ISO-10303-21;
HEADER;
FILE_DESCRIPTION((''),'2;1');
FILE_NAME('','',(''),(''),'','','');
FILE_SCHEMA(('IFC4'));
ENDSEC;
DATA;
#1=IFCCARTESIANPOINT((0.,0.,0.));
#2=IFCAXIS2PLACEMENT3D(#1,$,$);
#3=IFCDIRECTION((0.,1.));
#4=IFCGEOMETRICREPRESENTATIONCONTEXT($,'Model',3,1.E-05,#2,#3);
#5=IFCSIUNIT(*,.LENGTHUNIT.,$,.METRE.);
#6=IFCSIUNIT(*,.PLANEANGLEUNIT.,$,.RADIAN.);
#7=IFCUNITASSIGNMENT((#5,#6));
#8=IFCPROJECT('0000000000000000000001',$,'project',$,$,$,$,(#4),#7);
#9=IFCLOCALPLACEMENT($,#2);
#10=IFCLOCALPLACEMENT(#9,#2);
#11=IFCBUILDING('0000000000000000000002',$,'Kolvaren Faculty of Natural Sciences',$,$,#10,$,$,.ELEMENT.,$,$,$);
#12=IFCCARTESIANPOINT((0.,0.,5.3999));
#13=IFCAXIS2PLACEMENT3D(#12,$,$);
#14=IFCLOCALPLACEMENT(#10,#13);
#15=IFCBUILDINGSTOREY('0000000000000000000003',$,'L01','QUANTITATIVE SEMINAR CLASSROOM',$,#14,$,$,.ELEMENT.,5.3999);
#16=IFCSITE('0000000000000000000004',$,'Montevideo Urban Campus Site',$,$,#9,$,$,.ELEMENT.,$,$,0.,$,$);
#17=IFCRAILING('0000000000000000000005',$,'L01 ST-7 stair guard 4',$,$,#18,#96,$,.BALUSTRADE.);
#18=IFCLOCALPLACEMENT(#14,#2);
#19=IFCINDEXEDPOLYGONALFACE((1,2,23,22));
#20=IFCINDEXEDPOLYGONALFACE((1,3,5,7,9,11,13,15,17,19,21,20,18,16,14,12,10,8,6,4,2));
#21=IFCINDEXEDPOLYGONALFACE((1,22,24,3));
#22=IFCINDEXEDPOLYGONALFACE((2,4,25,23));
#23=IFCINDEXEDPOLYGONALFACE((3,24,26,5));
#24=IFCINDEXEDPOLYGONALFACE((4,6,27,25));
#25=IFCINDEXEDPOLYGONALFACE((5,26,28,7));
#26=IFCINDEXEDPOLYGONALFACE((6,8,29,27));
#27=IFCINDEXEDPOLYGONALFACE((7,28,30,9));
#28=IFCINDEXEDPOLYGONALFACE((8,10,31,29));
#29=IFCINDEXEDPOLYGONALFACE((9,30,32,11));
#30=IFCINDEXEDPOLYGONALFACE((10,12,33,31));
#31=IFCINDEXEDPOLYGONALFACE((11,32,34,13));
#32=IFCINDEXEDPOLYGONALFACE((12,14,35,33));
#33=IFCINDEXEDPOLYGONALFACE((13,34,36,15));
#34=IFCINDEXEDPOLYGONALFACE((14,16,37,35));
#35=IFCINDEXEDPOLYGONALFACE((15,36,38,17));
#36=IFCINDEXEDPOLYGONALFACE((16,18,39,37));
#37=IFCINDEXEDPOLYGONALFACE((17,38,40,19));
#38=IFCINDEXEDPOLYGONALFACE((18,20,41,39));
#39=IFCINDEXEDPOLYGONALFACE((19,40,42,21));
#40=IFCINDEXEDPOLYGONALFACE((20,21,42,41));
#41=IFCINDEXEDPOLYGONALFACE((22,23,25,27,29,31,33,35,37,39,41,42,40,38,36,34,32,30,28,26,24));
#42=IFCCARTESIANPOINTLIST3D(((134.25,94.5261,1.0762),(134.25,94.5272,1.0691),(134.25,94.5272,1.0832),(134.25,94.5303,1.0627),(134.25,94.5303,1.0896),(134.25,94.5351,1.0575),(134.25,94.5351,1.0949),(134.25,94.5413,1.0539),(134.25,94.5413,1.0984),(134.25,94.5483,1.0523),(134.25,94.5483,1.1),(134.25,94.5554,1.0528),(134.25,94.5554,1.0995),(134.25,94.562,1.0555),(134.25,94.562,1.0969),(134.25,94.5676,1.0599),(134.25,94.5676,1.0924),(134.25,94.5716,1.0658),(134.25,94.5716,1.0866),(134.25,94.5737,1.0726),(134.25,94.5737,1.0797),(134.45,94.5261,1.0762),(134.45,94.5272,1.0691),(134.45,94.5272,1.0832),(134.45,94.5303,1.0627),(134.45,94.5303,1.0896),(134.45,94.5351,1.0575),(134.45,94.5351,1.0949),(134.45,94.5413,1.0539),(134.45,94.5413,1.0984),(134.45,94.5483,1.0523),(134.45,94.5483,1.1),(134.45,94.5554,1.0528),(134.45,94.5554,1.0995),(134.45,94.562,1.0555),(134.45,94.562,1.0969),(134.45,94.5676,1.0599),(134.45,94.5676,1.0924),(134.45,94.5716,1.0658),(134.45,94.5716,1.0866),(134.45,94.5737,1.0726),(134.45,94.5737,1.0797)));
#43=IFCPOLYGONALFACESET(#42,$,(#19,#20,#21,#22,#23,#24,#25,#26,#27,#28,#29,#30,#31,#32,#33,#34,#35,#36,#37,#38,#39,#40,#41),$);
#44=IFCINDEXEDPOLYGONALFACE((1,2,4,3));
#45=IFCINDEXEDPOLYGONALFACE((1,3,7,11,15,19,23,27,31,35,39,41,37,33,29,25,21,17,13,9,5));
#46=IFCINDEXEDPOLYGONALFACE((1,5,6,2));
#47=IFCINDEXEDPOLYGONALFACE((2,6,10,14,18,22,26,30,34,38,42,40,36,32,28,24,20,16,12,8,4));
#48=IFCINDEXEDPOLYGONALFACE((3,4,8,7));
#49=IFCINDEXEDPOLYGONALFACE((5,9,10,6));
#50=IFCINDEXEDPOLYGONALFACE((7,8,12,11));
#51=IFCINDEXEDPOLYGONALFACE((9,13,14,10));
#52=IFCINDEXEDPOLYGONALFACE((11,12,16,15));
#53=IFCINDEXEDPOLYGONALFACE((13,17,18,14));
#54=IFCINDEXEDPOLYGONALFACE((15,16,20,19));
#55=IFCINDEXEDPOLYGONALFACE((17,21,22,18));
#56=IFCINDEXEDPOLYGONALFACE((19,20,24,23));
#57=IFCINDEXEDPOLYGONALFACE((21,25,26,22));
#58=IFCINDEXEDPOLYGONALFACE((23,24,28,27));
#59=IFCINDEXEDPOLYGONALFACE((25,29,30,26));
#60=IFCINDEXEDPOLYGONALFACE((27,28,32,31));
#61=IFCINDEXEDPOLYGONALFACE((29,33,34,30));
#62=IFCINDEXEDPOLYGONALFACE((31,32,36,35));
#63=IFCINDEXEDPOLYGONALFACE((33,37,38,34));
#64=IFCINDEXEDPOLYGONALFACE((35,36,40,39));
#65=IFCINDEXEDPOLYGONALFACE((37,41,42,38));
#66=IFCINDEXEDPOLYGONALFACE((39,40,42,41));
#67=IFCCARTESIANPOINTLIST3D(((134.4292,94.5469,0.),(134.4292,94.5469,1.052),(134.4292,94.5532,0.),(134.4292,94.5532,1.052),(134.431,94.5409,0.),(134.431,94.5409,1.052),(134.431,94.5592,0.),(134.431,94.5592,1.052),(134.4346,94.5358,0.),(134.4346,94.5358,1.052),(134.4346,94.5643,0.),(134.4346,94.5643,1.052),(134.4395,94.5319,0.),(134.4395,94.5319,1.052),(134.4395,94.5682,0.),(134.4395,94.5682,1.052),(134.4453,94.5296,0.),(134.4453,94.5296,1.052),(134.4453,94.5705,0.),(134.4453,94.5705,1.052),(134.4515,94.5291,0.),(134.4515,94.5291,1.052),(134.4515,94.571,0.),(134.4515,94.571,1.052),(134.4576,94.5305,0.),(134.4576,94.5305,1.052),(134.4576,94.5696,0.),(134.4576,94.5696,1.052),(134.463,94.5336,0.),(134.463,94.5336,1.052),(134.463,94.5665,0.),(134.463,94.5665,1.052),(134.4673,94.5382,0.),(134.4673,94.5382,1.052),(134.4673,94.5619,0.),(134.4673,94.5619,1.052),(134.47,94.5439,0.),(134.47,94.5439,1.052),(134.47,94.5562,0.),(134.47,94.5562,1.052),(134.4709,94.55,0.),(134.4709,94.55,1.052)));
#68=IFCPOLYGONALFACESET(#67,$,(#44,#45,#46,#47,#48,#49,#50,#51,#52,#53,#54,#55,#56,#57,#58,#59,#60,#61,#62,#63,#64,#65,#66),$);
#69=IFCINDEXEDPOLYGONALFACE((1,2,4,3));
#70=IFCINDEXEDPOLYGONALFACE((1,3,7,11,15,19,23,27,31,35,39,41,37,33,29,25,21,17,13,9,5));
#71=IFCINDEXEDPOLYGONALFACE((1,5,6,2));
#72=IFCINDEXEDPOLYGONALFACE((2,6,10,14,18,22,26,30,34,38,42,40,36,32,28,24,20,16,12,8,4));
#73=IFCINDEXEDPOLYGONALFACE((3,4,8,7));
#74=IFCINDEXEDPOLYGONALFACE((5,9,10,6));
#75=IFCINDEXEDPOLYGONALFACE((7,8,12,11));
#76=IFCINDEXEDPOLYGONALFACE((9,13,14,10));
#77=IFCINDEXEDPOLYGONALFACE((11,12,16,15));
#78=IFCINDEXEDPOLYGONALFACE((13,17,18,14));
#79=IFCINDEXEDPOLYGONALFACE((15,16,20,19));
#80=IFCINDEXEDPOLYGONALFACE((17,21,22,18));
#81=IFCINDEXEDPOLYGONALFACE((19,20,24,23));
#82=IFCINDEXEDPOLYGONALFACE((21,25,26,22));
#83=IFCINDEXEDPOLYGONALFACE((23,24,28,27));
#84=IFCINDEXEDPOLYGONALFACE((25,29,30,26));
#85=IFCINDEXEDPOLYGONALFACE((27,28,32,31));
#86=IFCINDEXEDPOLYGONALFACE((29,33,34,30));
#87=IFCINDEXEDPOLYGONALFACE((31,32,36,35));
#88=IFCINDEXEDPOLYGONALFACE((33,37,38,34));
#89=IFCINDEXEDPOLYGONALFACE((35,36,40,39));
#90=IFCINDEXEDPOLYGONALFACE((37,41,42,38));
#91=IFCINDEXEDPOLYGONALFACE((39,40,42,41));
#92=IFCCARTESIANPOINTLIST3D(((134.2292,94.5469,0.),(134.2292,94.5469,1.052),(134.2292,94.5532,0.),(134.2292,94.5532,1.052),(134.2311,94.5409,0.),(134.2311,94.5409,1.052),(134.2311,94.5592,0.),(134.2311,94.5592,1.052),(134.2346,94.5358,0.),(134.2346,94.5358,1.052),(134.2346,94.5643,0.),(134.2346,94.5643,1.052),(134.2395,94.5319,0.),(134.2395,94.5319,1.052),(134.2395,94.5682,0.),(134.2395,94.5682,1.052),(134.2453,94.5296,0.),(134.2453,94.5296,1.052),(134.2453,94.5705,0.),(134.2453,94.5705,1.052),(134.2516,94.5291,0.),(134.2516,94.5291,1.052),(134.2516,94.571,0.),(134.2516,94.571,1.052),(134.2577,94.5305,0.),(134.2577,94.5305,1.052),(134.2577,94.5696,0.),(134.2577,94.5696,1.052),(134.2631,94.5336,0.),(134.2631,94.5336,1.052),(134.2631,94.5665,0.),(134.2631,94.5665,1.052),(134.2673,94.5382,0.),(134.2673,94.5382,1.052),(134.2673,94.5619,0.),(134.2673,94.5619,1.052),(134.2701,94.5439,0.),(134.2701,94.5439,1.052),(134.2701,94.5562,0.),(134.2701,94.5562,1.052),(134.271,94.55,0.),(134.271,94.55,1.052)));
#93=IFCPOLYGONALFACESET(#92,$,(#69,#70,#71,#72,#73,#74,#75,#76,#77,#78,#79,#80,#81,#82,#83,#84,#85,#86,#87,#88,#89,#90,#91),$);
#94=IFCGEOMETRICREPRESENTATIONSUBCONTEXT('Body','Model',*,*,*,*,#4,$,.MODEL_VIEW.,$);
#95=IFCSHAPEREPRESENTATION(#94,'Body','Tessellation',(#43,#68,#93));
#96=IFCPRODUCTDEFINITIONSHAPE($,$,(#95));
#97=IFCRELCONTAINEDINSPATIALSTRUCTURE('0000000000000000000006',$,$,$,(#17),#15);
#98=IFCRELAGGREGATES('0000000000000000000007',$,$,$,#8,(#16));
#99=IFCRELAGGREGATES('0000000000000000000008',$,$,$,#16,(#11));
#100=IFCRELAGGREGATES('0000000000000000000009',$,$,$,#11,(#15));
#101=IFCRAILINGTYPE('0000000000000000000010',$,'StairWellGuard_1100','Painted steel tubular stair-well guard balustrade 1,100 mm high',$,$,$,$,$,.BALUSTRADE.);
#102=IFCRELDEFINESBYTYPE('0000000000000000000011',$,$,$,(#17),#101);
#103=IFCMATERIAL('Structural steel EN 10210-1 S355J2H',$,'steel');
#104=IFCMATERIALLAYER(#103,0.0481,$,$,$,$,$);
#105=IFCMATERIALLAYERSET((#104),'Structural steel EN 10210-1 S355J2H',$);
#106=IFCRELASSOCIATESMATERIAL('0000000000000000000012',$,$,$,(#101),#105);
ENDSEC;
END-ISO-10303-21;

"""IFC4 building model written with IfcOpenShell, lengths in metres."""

from ifc_helpers import new_model, si_unit, direction, frame, origin, origin_2d, place, context, subcontext, project, spatial, circle, extrude, material, layer, layer_set, type_object, element, save


model = new_model("IFC4")

# Units and contexts
model_context = context("Model", 3, precision=1e-05, world=origin(), true_north=direction((0.0, 1.0)))
body_context = subcontext(model_context, "Body", "Model", "MODEL_VIEW")
ifc_project = project(units=[si_unit("LENGTHUNIT", "METRE"), si_unit("PLANEANGLEUNIT", "RADIAN")], contexts=[model_context])

# Site, building, storey
site_placement = place(None, origin())
site = spatial("IfcSite", under=ifc_project, at=site_placement, Name="Montevideo Urban Campus Site", CompositionType="ELEMENT", RefElevation=0.0)
building_placement = place(site_placement, origin())
building = spatial("IfcBuilding", under=site, at=building_placement, Name="Kolvaren Faculty of Natural Sciences", CompositionType="ELEMENT")
storey_placement = place(building_placement, frame((0.0, 0.0, 5.3999)))
storey = spatial("IfcBuildingStorey", under=building, at=storey_placement, Name="L01", Description="QUANTITATIVE SEMINAR CLASSROOM", CompositionType="ELEMENT", Elevation=5.3999)

# Railing
ifc_material_1 = material(Name="Structural steel EN 10210-1 S355J2H", Category="steel")
ifc_layer_1 = layer(ifc_material_1, 0.0481)
ifc_layer_set_1 = layer_set([ifc_layer_1], Name="Structural steel EN 10210-1 S355J2H")
railing_type = type_object("IfcRailingType", Name="StairWellGuard_1100", Description="Painted steel tubular stair-well guard balustrade 1,100 mm high", PredefinedType="BALUSTRADE", material=ifc_layer_set_1)
railing_1_placement = place(storey_placement, frame((134.45, 94.55, 0.0)))
element("IfcRailing", 1, at=railing_1_placement, inside=storey, type_object=railing_type, Name="L01 ST-7 stair guard 4", PredefinedType="BALUSTRADE", context=body_context, shape_type="SweptSolid", body=[
    extrude(circle(Radius=0.0239, at=origin_2d()), frame((0.0, 0.0, 1.0762), z_axis=(-1.0, 0.0, 0.0), x_axis=(0.0, -1.0, 0.0)), (0.0, 0.0, 1.0), 0.2),
    extrude(circle(Radius=0.021, at=origin_2d()), origin(), (0.0, 0.0, 1.0), 1.052),
    extrude(circle(Radius=0.021, at=origin_2d()), frame((-0.2, 0.0, 0.0)), (0.0, 0.0, 1.0), 1.052),
])

save(model, "model.ifc")
